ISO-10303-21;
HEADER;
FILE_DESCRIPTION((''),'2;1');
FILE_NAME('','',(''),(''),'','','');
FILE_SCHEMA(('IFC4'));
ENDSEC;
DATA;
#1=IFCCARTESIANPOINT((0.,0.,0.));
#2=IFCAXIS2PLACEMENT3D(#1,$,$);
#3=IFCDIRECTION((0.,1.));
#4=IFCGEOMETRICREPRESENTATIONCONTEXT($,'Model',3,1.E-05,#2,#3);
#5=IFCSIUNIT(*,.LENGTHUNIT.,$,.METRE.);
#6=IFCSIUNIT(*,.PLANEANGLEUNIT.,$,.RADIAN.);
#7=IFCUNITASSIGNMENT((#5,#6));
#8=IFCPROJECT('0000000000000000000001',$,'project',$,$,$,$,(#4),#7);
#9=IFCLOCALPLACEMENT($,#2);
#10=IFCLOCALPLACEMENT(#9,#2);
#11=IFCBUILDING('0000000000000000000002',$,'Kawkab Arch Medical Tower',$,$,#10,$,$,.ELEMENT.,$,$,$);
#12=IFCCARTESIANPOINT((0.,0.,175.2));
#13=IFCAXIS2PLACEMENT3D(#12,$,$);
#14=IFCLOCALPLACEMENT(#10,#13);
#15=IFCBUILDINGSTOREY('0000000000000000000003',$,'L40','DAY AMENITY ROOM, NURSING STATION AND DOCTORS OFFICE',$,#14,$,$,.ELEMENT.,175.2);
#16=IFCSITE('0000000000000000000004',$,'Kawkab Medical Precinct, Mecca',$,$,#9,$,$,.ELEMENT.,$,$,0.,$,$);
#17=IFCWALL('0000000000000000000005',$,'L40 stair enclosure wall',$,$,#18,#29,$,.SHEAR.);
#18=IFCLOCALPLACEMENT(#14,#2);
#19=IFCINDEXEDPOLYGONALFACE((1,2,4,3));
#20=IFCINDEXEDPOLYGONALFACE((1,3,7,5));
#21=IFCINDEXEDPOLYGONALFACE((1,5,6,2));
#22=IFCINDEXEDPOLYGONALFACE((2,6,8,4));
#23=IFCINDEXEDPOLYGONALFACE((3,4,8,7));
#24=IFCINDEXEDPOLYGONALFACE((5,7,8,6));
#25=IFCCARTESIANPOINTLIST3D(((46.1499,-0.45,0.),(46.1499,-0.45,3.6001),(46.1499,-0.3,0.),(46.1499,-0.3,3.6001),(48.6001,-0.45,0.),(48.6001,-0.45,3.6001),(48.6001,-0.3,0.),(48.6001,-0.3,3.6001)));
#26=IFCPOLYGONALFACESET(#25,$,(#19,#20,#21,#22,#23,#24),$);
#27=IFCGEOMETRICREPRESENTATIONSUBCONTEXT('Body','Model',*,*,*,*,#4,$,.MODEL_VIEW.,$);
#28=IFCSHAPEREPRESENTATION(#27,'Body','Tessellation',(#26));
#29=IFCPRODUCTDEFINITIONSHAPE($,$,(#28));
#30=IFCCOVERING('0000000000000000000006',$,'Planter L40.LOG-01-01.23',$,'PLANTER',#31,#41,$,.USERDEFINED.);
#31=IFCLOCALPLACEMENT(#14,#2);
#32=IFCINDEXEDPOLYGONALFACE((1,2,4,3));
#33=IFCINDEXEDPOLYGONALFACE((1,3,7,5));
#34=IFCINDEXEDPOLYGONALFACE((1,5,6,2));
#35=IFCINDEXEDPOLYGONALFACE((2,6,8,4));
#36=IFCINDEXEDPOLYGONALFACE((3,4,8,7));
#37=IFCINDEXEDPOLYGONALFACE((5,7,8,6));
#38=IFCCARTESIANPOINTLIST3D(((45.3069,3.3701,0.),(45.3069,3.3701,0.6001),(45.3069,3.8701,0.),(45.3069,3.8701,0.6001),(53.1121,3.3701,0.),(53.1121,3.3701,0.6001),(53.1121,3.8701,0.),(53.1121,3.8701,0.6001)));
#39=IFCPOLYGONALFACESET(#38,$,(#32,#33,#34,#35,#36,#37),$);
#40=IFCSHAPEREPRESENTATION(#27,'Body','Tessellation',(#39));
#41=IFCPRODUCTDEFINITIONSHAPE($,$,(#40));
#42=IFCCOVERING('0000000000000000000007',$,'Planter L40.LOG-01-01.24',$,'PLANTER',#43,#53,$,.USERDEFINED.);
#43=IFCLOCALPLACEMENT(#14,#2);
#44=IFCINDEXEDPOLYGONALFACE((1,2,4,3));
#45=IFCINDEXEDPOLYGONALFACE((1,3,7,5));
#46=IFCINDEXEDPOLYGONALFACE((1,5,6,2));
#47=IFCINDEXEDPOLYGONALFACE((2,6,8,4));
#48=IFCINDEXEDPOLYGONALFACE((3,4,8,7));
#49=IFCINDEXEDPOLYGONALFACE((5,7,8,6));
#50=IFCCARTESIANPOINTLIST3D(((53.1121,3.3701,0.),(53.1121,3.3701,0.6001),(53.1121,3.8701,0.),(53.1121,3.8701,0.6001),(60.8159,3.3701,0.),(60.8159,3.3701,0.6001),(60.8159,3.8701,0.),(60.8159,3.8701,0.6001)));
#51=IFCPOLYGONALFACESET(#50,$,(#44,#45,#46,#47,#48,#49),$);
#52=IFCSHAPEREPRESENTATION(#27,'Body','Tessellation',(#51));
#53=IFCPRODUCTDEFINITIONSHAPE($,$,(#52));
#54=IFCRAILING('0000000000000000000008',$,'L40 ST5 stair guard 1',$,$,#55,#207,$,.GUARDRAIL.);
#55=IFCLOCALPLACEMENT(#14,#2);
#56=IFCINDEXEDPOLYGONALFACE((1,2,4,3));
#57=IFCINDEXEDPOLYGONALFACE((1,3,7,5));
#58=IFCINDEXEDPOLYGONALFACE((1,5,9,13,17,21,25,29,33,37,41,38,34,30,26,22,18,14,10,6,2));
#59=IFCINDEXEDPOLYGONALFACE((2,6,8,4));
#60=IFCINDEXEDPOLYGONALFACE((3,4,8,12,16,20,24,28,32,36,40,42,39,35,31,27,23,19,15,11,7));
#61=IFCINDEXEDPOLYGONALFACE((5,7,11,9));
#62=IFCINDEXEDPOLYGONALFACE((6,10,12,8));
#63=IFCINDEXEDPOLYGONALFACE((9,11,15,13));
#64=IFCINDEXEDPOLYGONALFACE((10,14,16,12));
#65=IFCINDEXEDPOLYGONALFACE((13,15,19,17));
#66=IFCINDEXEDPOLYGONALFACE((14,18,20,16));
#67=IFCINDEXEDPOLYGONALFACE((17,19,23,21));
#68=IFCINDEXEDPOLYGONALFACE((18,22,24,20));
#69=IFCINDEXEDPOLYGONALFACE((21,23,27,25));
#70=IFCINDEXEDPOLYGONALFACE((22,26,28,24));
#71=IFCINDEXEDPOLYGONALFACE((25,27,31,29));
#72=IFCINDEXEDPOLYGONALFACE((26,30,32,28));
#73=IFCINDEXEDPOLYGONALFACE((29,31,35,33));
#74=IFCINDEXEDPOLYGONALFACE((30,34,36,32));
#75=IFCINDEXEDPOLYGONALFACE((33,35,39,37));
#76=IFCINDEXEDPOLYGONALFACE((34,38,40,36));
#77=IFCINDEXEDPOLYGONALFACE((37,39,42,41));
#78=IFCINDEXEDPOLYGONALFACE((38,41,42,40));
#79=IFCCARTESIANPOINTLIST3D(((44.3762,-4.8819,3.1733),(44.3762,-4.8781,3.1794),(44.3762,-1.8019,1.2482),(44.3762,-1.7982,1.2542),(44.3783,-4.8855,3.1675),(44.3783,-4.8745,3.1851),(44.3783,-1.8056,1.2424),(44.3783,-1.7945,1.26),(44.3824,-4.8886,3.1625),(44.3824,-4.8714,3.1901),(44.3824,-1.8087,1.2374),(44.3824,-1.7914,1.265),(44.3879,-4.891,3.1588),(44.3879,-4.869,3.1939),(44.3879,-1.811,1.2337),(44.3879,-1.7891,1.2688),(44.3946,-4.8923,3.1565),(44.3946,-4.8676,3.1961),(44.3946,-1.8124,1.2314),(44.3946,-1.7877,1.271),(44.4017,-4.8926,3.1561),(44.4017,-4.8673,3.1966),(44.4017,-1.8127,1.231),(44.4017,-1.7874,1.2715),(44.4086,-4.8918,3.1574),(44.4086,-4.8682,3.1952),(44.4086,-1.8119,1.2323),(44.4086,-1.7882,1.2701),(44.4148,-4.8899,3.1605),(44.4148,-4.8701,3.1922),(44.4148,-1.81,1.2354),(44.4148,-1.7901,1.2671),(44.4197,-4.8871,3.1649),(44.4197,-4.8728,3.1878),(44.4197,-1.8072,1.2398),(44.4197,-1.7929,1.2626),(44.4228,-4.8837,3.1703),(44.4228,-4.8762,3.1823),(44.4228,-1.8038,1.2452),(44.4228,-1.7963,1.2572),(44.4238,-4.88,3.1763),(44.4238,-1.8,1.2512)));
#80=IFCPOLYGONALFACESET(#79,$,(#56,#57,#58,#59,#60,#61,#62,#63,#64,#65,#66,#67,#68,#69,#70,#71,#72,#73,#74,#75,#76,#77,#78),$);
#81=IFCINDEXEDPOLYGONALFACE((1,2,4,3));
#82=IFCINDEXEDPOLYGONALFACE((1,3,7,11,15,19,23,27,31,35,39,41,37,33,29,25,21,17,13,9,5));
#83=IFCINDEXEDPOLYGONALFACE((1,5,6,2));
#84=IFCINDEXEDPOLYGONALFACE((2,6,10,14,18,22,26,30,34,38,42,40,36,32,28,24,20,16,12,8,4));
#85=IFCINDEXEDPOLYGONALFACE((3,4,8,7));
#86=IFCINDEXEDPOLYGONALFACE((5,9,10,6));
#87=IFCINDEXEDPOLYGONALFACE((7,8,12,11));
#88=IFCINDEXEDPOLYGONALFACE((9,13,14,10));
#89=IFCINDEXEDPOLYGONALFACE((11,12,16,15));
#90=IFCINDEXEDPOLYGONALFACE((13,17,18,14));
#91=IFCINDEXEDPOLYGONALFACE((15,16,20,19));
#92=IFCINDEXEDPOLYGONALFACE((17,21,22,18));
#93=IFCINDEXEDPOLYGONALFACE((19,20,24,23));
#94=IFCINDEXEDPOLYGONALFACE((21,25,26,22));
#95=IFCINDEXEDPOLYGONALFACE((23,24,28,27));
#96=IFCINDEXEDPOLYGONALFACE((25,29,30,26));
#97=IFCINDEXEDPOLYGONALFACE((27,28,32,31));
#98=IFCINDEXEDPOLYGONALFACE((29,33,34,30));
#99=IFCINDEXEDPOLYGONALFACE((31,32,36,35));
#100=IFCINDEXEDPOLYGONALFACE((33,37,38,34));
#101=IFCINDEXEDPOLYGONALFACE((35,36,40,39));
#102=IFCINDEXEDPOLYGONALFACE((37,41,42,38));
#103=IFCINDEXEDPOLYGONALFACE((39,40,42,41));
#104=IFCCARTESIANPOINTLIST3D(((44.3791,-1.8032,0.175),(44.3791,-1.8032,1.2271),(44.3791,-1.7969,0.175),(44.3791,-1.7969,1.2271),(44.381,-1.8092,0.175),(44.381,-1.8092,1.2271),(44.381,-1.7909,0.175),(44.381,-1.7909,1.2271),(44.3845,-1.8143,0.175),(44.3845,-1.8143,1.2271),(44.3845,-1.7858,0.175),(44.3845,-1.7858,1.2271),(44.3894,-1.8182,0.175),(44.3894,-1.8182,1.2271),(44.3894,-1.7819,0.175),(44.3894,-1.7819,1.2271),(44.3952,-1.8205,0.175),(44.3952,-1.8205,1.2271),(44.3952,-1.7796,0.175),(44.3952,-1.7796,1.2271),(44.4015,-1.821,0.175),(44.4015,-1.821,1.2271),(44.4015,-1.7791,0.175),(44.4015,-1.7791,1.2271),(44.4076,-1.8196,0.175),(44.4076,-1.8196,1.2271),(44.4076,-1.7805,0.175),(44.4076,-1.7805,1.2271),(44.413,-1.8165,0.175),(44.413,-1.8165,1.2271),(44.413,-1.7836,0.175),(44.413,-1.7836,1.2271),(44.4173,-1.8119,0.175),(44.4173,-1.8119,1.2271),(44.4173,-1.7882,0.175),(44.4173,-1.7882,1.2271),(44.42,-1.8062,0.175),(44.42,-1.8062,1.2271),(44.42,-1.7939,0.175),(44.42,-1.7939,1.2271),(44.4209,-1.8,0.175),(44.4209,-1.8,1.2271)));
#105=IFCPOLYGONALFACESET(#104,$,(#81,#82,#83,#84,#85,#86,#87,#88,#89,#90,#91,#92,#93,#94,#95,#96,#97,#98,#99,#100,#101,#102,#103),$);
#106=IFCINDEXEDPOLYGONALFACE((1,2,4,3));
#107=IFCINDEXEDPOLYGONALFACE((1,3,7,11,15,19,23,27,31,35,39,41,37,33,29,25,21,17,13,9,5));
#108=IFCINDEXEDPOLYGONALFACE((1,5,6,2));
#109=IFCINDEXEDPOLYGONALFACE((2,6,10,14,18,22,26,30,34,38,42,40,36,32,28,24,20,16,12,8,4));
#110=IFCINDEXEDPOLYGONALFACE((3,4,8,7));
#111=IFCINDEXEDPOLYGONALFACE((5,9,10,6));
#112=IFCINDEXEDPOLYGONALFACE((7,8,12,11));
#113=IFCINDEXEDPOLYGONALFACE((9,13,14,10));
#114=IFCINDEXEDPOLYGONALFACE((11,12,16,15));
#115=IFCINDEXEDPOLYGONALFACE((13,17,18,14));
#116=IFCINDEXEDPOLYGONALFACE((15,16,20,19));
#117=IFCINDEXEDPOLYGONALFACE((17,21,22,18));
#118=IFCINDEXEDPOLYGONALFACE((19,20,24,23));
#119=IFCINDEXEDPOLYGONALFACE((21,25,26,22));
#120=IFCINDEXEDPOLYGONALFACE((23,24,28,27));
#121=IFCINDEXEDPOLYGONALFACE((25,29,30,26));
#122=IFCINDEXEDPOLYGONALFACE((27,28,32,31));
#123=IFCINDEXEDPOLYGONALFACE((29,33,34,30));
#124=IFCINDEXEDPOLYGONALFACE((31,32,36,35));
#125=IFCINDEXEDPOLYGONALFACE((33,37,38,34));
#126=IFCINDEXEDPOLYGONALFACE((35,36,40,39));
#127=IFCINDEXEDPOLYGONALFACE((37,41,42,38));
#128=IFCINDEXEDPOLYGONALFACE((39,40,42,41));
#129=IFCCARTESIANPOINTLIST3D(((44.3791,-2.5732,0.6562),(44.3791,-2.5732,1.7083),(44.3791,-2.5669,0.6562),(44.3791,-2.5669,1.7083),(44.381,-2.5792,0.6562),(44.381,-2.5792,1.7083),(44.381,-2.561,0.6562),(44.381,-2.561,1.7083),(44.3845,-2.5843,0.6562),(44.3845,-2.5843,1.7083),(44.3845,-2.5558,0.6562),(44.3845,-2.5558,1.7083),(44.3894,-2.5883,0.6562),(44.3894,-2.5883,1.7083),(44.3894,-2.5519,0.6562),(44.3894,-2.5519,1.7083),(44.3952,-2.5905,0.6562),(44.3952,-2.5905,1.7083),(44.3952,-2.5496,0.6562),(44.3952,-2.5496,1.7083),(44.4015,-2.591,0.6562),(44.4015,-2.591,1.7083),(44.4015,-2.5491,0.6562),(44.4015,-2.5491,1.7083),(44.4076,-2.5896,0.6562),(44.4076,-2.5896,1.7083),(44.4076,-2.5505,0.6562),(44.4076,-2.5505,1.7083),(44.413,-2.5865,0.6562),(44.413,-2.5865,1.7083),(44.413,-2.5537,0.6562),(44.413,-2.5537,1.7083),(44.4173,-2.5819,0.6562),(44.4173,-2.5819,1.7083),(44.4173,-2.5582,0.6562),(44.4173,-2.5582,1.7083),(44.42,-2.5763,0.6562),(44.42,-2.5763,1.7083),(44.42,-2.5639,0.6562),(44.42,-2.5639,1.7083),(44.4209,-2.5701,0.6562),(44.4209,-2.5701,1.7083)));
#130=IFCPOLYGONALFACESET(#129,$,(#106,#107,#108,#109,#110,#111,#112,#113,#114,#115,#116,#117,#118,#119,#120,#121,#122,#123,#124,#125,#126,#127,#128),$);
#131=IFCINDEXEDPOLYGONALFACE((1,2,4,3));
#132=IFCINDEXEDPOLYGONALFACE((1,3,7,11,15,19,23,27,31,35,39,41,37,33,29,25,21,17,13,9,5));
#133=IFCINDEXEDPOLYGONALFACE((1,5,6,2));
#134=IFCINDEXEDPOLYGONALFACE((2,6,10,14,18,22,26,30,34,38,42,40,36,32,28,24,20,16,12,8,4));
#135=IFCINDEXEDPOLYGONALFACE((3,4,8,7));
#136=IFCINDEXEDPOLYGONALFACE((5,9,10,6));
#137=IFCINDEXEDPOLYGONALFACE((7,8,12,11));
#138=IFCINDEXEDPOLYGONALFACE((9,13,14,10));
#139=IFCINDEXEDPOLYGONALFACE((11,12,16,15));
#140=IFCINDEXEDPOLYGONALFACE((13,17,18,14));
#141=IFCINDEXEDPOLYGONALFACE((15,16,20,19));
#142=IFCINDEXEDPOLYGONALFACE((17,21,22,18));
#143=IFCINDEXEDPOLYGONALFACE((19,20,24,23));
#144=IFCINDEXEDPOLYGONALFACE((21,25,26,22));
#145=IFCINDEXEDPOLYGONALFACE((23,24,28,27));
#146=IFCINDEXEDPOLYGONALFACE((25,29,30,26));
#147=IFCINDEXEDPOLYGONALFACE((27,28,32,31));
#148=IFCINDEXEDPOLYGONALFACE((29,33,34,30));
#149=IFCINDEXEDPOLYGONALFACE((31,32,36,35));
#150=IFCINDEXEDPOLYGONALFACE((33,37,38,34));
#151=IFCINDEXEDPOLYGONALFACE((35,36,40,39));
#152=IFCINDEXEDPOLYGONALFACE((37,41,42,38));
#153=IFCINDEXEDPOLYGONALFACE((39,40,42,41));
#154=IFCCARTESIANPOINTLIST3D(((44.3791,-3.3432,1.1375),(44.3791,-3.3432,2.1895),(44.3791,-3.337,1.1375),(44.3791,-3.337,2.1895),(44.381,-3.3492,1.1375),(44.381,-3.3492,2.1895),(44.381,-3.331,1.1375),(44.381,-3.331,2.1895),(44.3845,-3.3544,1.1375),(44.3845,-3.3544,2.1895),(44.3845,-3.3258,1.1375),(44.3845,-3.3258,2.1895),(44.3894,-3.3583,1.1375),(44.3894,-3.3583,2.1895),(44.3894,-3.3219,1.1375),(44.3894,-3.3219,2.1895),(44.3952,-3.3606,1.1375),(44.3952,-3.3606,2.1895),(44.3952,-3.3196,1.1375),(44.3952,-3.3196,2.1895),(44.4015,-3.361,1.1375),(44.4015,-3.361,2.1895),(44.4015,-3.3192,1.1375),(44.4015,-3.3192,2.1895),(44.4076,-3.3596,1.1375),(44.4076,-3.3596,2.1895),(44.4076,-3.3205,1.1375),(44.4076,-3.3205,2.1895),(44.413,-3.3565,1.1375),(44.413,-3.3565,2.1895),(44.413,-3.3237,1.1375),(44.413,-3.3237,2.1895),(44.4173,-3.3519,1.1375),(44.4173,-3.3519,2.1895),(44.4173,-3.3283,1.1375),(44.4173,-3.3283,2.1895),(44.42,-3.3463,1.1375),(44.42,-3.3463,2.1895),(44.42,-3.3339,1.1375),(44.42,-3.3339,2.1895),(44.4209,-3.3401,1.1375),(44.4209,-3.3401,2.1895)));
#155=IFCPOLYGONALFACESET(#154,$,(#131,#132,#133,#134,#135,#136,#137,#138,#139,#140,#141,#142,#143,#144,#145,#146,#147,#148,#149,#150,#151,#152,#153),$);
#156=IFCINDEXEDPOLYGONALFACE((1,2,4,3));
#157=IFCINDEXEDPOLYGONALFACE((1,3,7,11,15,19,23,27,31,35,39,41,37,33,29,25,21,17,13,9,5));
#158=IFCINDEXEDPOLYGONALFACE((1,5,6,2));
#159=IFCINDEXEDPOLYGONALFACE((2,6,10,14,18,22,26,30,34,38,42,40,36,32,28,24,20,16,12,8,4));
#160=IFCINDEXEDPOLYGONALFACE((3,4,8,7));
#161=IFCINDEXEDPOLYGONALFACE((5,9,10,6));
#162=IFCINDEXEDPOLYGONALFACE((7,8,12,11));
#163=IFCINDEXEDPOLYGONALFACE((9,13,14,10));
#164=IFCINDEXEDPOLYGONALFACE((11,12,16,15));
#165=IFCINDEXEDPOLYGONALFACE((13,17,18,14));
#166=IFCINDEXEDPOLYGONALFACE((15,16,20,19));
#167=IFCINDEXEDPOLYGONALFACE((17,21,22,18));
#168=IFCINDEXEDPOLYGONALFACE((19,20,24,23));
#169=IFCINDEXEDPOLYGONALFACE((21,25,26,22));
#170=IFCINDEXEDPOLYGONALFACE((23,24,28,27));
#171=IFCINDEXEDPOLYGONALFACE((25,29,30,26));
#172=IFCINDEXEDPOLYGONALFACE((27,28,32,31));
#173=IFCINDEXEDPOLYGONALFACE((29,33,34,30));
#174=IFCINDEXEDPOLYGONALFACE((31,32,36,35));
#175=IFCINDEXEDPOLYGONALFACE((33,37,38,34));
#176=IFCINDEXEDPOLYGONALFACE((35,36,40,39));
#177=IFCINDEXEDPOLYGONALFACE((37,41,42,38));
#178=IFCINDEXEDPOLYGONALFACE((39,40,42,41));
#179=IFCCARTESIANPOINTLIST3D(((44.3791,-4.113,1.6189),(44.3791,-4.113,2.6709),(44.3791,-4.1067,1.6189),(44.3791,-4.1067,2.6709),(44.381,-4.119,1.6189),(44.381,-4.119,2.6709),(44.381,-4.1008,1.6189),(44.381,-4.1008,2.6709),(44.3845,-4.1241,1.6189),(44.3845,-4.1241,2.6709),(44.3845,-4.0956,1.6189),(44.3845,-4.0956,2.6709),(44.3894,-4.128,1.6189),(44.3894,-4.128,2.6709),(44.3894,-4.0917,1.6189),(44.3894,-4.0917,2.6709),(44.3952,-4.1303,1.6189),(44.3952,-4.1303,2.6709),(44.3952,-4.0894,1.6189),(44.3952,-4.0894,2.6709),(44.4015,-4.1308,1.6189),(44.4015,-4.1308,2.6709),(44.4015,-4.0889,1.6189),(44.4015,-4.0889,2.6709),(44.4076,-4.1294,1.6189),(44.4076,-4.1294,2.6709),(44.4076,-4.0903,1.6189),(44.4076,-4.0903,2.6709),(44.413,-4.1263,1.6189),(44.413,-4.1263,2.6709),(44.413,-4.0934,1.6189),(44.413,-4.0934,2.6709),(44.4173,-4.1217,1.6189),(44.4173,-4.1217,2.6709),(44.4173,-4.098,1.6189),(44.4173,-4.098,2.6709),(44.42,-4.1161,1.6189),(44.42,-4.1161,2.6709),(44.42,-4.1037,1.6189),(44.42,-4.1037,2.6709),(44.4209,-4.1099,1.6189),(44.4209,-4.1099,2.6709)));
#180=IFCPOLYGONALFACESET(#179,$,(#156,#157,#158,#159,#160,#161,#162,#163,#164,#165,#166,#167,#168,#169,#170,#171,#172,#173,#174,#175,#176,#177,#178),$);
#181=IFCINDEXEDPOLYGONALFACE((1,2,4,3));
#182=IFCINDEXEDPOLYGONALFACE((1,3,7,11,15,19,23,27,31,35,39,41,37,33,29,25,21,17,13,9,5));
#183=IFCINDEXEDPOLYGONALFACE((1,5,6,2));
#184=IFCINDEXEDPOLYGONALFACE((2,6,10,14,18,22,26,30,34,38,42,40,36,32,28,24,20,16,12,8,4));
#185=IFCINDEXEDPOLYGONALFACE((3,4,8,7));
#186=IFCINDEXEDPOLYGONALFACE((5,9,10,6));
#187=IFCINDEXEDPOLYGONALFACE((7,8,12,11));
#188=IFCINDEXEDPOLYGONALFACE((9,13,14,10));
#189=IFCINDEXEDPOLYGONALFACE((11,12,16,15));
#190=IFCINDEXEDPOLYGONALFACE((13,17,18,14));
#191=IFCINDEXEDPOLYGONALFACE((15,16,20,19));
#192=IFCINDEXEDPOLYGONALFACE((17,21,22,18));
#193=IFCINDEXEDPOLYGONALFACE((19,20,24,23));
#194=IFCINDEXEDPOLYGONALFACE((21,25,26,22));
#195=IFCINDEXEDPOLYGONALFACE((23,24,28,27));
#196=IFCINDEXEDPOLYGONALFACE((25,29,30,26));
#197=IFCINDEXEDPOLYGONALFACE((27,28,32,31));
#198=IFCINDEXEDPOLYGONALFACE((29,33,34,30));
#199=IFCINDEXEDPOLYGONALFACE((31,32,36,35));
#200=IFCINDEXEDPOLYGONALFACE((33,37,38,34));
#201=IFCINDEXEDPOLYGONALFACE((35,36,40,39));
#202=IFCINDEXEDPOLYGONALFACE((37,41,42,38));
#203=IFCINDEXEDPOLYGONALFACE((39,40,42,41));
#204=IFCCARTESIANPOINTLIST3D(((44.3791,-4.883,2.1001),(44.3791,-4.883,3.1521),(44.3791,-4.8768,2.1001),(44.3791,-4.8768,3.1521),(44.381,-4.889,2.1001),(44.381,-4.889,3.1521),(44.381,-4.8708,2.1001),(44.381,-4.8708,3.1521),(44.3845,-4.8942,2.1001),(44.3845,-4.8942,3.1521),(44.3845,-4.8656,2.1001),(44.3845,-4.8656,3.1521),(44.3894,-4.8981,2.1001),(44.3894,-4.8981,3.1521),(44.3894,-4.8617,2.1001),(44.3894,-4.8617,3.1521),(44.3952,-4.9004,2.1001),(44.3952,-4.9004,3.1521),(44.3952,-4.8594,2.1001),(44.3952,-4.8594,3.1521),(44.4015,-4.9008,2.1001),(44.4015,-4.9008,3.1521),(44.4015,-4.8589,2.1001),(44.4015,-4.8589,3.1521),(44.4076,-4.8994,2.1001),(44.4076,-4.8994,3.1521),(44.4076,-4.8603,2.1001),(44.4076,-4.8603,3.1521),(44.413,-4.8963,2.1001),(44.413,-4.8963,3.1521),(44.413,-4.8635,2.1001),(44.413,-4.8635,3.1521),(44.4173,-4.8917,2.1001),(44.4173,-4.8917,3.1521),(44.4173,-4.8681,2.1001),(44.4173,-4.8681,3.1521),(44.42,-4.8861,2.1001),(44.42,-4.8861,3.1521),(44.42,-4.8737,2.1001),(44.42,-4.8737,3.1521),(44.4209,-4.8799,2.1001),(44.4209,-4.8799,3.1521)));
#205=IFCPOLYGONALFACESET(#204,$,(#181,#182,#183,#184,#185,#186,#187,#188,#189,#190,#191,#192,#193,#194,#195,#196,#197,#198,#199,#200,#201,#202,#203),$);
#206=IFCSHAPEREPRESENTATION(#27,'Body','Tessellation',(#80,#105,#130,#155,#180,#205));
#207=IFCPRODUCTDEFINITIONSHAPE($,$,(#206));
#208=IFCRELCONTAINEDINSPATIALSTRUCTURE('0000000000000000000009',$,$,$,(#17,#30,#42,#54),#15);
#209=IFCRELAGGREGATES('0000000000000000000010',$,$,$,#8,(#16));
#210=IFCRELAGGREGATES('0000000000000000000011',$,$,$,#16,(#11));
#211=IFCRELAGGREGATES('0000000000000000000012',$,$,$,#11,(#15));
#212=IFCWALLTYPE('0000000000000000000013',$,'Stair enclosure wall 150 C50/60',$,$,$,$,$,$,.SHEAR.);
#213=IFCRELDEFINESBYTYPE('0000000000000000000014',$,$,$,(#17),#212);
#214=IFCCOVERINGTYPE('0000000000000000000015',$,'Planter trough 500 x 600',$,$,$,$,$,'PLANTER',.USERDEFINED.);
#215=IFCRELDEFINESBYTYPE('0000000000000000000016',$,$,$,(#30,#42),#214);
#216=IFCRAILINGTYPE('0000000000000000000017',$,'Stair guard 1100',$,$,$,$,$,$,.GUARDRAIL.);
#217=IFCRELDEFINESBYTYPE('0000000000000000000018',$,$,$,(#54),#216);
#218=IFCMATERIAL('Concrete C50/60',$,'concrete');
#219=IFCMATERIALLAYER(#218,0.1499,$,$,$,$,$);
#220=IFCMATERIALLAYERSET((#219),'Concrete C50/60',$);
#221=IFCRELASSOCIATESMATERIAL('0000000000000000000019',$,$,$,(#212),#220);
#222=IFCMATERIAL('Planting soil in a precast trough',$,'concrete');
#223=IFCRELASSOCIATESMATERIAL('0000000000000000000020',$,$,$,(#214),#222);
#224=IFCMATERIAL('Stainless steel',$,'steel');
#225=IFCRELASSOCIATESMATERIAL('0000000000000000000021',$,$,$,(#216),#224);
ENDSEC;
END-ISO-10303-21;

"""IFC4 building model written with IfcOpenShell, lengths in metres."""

from ifc_helpers import new_model, si_unit, direction, frame, frame_2d, origin, origin_2d, place, context, subcontext, project, spatial, rectangle, circle, extrude, material, layer, layer_set, material_profile, profile_set, type_object, element, save


model = new_model("IFC4")

# Units and contexts
model_context = context("Model", 3, precision=1e-05, world=origin(), true_north=direction((0.0, 1.0)))
body_context = subcontext(model_context, "Body", "Model", "MODEL_VIEW")
ifc_project = project(units=[si_unit("LENGTHUNIT", "METRE"), si_unit("PLANEANGLEUNIT", "RADIAN")], contexts=[model_context])

# Site, building, storey
site_placement = place(None, origin())
site = spatial("IfcSite", under=ifc_project, at=site_placement, Name="Kawkab Medical Precinct, Mecca", CompositionType="ELEMENT", RefElevation=0.0)
building_placement = place(site_placement, origin())
building = spatial("IfcBuilding", under=site, at=building_placement, Name="Kawkab Arch Medical Tower", CompositionType="ELEMENT")
storey_placement = place(building_placement, frame((0.0, 0.0, 175.2)))
storey = spatial("IfcBuildingStorey", under=building, at=storey_placement, Name="L40", Description="DAY AMENITY ROOM, NURSING STATION AND DOCTORS OFFICE", CompositionType="ELEMENT", Elevation=175.2)

# Wall
ifc_material_1 = material(Name="Concrete C50/60", Category="concrete")
ifc_layer_1 = layer(ifc_material_1, 0.1499)
ifc_layer_set_1 = layer_set([ifc_layer_1], Name="Concrete C50/60")
wall_type_1 = type_object("IfcWallType", Name="Stair enclosure wall 150 C50/60", PredefinedType="SHEAR", material=ifc_layer_set_1)
wall_1_placement = place(storey_placement, frame((46.1499, -0.375, 0.0), z_axis=(0.0, 0.0, 1.0), x_axis=(1.0, 0.0, 0.0)))
element("IfcWall", 1, at=wall_1_placement, inside=storey, type_object=wall_type_1, Name="L40 stair enclosure wall", PredefinedType="SHEAR", context=body_context, shape_type="SweptSolid", body=[
    extrude(rectangle(XDim=2.4502, YDim=0.1499, at=frame_2d((1.2251, 0.0))), origin(), (0.0, 0.0, 1.0), 3.6001),
])

# Coverings
ifc_material_2 = material(Name="Planting soil in a precast trough", Category="concrete")
ifc_material_profile_1 = material_profile(ifc_material_2, rectangle(XDim=0.5, YDim=0.6001, at=origin_2d()), Name="Trough 500x600")
ifc_profile_set_1 = profile_set([ifc_material_profile_1], Name="Planting soil in a precast trough")
covering_type = type_object("IfcCoveringType", Name="Planter trough 500 x 600", ElementType="PLANTER", PredefinedType="USERDEFINED", material=ifc_profile_set_1)
covering_1_placement = place(storey_placement, frame((45.3069, 3.6201, 0.3), z_axis=(1.0, 0.0, 0.0), x_axis=(0.0, 1.0, 0.0)))
element("IfcCovering", 2, at=covering_1_placement, inside=storey, type_object=covering_type, Name="Planter L40.LOG-01-01.23", ObjectType="PLANTER", PredefinedType="USERDEFINED", context=body_context, shape_type="SweptSolid", body=[
    extrude(rectangle(XDim=0.5, YDim=0.6001, at=origin_2d()), origin(), (0.0, 0.0, 1.0), 7.8052),
])
covering_2_placement = place(storey_placement, frame((53.1121, 3.6201, 0.3), z_axis=(1.0, 0.0, 0.0), x_axis=(0.0, 1.0, 0.0)))
element("IfcCovering", 3, at=covering_2_placement, inside=storey, type_object=covering_type, Name="Planter L40.LOG-01-01.24", ObjectType="PLANTER", PredefinedType="USERDEFINED", context=body_context, shape_type="SweptSolid", body=[
    extrude(rectangle(XDim=0.5, YDim=0.6001, at=origin_2d()), origin(), (0.0, 0.0, 1.0), 7.7039),
])

# Railing
ifc_material_3 = material(Name="Stainless steel", Category="steel")
railing_type_1 = type_object("IfcRailingType", Name="Stair guard 1100", PredefinedType="GUARDRAIL", material=ifc_material_3)
railing_1_placement = place(storey_placement, frame((44.3999, -1.8, 0.175)))
element("IfcRailing", 4, at=railing_1_placement, inside=storey, type_object=railing_type_1, Name="L40 ST5 stair guard 1", PredefinedType="GUARDRAIL", context=body_context, shape_type="SweptSolid", body=[
    extrude(circle(Radius=0.0239, at=origin_2d()), frame((0.0, 0.0, 1.0762), z_axis=(0.0, -0.847979, 0.530029), x_axis=(1.0, 0.0, 0.0)), (0.0, 0.0, 1.0), 3.6321),
    extrude(circle(Radius=0.021, at=origin_2d()), origin(), (0.0, 0.0, 1.0), 1.052),
    extrude(circle(Radius=0.021, at=origin_2d()), frame((0.0, -0.77, 0.4812)), (0.0, 0.0, 1.0), 1.052),
    extrude(circle(Radius=0.021, at=origin_2d()), frame((0.0, -1.54, 0.9624)), (0.0, 0.0, 1.0), 1.052),
    extrude(circle(Radius=0.021, at=origin_2d()), frame((0.0, -2.3098, 1.4438)), (0.0, 0.0, 1.0), 1.052),
    extrude(circle(Radius=0.021, at=origin_2d()), frame((0.0, -3.0798, 1.925)), (0.0, 0.0, 1.0), 1.052),
])

save(model, "model.ifc")
